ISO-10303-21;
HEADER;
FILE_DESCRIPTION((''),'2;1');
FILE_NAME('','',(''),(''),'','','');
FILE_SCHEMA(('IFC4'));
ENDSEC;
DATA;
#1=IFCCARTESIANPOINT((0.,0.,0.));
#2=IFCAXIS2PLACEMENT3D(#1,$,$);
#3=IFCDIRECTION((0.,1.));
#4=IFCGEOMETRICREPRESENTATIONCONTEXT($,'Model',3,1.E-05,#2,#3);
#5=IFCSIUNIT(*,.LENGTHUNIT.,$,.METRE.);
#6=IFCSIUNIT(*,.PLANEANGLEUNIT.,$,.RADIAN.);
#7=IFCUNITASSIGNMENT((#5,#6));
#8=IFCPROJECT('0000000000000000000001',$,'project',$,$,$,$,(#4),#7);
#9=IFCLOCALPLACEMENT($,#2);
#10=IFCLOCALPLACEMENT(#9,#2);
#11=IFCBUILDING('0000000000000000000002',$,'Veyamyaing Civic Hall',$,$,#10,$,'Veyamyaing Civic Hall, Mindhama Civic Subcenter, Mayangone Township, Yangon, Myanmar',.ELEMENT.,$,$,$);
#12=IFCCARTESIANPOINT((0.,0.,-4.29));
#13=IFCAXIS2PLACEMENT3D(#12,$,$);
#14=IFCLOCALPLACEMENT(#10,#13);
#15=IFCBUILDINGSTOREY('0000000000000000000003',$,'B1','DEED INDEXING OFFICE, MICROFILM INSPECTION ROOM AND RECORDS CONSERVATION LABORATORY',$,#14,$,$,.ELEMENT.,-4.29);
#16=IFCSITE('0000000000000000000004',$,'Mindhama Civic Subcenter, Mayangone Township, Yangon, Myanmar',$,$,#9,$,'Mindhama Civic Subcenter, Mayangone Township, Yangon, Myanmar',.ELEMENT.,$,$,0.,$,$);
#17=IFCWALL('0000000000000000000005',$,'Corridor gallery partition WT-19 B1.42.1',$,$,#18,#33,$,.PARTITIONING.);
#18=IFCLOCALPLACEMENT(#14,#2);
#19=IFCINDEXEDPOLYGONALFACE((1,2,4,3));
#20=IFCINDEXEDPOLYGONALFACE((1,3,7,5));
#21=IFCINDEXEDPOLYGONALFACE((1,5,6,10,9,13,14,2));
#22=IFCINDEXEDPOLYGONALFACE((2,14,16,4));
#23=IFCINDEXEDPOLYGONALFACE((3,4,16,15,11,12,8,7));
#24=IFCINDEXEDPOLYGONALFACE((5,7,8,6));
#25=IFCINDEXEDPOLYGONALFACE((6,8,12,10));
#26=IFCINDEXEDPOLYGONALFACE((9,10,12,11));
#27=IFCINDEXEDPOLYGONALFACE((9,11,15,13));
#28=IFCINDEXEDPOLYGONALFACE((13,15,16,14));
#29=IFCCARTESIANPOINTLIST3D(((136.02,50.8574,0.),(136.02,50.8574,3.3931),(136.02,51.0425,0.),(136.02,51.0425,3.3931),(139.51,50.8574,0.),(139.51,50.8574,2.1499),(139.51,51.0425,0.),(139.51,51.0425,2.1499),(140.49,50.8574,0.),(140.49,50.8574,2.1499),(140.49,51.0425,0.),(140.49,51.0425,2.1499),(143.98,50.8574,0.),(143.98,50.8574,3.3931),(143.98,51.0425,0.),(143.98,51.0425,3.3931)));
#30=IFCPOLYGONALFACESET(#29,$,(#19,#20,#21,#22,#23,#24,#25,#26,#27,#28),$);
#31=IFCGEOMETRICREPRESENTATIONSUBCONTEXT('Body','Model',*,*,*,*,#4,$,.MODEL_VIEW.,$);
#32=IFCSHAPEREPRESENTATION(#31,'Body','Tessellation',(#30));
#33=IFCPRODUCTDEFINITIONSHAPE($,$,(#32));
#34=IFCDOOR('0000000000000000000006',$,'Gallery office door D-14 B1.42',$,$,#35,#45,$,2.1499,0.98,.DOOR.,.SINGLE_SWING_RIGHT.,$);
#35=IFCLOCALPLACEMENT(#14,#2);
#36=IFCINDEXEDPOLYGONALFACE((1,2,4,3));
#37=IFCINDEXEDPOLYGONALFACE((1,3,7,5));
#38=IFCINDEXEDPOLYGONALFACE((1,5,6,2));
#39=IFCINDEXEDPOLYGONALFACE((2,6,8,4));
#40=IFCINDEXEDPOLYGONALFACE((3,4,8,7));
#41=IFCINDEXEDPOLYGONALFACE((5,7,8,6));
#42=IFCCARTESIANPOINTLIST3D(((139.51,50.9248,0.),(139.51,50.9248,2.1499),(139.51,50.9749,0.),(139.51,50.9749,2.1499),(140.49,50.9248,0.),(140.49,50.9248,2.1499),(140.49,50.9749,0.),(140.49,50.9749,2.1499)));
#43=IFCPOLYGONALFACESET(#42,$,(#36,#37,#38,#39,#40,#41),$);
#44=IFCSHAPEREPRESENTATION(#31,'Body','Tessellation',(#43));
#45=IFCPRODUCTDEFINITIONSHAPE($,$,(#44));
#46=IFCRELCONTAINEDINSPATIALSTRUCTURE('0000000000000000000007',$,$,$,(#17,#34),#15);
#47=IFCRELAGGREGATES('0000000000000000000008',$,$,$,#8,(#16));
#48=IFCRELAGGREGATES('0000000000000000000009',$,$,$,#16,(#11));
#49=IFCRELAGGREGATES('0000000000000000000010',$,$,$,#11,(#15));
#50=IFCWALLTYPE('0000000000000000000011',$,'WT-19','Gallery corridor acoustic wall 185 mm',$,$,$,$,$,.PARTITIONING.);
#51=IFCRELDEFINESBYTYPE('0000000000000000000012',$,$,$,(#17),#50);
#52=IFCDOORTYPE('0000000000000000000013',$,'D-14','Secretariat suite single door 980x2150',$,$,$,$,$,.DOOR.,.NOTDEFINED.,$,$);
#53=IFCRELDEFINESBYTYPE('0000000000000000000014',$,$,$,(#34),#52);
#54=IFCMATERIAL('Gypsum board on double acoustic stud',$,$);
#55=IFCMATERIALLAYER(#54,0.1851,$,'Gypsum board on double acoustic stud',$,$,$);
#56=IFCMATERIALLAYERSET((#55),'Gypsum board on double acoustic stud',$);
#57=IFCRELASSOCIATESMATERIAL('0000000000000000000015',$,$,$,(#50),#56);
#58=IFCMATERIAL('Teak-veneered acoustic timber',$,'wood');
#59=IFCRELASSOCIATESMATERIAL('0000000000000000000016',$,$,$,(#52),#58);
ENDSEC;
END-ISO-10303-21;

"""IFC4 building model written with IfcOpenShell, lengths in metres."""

from ifc_helpers import new_model, si_unit, direction, frame, frame_2d, origin, place, context, subcontext, project, spatial, rectangle, extrude, material, layer, layer_set, type_object, element, fill, save


model = new_model("IFC4")

# Units and contexts
model_context = context("Model", 3, precision=1e-05, world=origin(), true_north=direction((0.0, 1.0)))
body_context = subcontext(model_context, "Body", "Model", "MODEL_VIEW")
ifc_project = project(units=[si_unit("LENGTHUNIT", "METRE"), si_unit("PLANEANGLEUNIT", "RADIAN")], contexts=[model_context])

# Site, building, storey
site_placement = place(None, origin())
site = spatial("IfcSite", under=ifc_project, at=site_placement, Name="Mindhama Civic Subcenter, Mayangone Township, Yangon, Myanmar", LongName="Mindhama Civic Subcenter, Mayangone Township, Yangon, Myanmar", CompositionType="ELEMENT", RefElevation=0.0)
building_placement = place(site_placement, origin())
building = spatial("IfcBuilding", under=site, at=building_placement, Name="Veyamyaing Civic Hall", LongName="Veyamyaing Civic Hall, Mindhama Civic Subcenter, Mayangone Township, Yangon, Myanmar", CompositionType="ELEMENT")
storey_placement = place(building_placement, frame((0.0, 0.0, -4.29)))
storey = spatial("IfcBuildingStorey", under=building, at=storey_placement, Name="B1", Description="DEED INDEXING OFFICE, MICROFILM INSPECTION ROOM AND RECORDS CONSERVATION LABORATORY", CompositionType="ELEMENT", Elevation=-4.29)

# Wall, opening, door
ifc_material_1 = material(Name="Gypsum board on double acoustic stud")
ifc_layer_1 = layer(ifc_material_1, 0.1851, Name="Gypsum board on double acoustic stud")
ifc_layer_set_1 = layer_set([ifc_layer_1], Name="Gypsum board on double acoustic stud")
wall_type_1 = type_object("IfcWallType", Name="WT-19", Description="Gallery corridor acoustic wall 185 mm", PredefinedType="PARTITIONING", material=ifc_layer_set_1)
ifc_material_2 = material(Name="Teak-veneered acoustic timber", Category="wood")
wall_1_placement = place(storey_placement, frame((136.02, 50.95, 0.0), z_axis=(0.0, 0.0, 1.0), x_axis=(1.0, 0.0, 0.0)))
wall_1 = element("IfcWall", 1, at=wall_1_placement, inside=storey, type_object=wall_type_1, Name="Corridor gallery partition WT-19 B1.42.1", PredefinedType="PARTITIONING", context=body_context, shape_type="SweptSolid", body=[
    extrude(rectangle(XDim=7.96, YDim=0.1851, at=frame_2d((3.98, 0.0))), origin(), (0.0, 0.0, 1.0), 3.3931),
])
opening_1_placement = place(wall_1_placement, frame((3.49, 0.0, 0.0)))
opening_1 = element("IfcOpeningElement", 2, at=opening_1_placement, cuts=wall_1, PredefinedType="OPENING", context=body_context, shape_type="SweptSolid", body=[
    extrude(rectangle(XDim=0.98, YDim=2.1499, at=frame_2d((0.49, 1.075))), frame((0.0, 0.1025, 0.0), z_axis=(0.0, -1.0, 0.0), x_axis=(1.0, 0.0, 0.0)), (0.0, 0.0, 1.0), 0.2051),
])
door_type_1 = type_object("IfcDoorType", Name="D-14", Description="Secretariat suite single door 980x2150", OperationType="NOTDEFINED", PredefinedType="DOOR", material=ifc_material_2)
door_1_placement = place(opening_1_placement, origin())
door_1 = element("IfcDoor", 3, at=door_1_placement, inside=storey, type_object=door_type_1, Name="Gallery office door D-14 B1.42", OperationType="SINGLE_SWING_RIGHT", OverallHeight=2.1499, OverallWidth=0.98, PredefinedType="DOOR", context=body_context, shape_type="SweptSolid", body=[
    extrude(rectangle(XDim=0.98, YDim=2.1499, at=frame_2d((0.49, 1.075))), frame((0.0, 0.0249, 0.0), z_axis=(0.0, -1.0, 0.0), x_axis=(1.0, 0.0, 0.0)), (0.0, 0.0, 1.0), 0.05),
])
fill(opening_1, door_1)

save(model, "model.ifc")
